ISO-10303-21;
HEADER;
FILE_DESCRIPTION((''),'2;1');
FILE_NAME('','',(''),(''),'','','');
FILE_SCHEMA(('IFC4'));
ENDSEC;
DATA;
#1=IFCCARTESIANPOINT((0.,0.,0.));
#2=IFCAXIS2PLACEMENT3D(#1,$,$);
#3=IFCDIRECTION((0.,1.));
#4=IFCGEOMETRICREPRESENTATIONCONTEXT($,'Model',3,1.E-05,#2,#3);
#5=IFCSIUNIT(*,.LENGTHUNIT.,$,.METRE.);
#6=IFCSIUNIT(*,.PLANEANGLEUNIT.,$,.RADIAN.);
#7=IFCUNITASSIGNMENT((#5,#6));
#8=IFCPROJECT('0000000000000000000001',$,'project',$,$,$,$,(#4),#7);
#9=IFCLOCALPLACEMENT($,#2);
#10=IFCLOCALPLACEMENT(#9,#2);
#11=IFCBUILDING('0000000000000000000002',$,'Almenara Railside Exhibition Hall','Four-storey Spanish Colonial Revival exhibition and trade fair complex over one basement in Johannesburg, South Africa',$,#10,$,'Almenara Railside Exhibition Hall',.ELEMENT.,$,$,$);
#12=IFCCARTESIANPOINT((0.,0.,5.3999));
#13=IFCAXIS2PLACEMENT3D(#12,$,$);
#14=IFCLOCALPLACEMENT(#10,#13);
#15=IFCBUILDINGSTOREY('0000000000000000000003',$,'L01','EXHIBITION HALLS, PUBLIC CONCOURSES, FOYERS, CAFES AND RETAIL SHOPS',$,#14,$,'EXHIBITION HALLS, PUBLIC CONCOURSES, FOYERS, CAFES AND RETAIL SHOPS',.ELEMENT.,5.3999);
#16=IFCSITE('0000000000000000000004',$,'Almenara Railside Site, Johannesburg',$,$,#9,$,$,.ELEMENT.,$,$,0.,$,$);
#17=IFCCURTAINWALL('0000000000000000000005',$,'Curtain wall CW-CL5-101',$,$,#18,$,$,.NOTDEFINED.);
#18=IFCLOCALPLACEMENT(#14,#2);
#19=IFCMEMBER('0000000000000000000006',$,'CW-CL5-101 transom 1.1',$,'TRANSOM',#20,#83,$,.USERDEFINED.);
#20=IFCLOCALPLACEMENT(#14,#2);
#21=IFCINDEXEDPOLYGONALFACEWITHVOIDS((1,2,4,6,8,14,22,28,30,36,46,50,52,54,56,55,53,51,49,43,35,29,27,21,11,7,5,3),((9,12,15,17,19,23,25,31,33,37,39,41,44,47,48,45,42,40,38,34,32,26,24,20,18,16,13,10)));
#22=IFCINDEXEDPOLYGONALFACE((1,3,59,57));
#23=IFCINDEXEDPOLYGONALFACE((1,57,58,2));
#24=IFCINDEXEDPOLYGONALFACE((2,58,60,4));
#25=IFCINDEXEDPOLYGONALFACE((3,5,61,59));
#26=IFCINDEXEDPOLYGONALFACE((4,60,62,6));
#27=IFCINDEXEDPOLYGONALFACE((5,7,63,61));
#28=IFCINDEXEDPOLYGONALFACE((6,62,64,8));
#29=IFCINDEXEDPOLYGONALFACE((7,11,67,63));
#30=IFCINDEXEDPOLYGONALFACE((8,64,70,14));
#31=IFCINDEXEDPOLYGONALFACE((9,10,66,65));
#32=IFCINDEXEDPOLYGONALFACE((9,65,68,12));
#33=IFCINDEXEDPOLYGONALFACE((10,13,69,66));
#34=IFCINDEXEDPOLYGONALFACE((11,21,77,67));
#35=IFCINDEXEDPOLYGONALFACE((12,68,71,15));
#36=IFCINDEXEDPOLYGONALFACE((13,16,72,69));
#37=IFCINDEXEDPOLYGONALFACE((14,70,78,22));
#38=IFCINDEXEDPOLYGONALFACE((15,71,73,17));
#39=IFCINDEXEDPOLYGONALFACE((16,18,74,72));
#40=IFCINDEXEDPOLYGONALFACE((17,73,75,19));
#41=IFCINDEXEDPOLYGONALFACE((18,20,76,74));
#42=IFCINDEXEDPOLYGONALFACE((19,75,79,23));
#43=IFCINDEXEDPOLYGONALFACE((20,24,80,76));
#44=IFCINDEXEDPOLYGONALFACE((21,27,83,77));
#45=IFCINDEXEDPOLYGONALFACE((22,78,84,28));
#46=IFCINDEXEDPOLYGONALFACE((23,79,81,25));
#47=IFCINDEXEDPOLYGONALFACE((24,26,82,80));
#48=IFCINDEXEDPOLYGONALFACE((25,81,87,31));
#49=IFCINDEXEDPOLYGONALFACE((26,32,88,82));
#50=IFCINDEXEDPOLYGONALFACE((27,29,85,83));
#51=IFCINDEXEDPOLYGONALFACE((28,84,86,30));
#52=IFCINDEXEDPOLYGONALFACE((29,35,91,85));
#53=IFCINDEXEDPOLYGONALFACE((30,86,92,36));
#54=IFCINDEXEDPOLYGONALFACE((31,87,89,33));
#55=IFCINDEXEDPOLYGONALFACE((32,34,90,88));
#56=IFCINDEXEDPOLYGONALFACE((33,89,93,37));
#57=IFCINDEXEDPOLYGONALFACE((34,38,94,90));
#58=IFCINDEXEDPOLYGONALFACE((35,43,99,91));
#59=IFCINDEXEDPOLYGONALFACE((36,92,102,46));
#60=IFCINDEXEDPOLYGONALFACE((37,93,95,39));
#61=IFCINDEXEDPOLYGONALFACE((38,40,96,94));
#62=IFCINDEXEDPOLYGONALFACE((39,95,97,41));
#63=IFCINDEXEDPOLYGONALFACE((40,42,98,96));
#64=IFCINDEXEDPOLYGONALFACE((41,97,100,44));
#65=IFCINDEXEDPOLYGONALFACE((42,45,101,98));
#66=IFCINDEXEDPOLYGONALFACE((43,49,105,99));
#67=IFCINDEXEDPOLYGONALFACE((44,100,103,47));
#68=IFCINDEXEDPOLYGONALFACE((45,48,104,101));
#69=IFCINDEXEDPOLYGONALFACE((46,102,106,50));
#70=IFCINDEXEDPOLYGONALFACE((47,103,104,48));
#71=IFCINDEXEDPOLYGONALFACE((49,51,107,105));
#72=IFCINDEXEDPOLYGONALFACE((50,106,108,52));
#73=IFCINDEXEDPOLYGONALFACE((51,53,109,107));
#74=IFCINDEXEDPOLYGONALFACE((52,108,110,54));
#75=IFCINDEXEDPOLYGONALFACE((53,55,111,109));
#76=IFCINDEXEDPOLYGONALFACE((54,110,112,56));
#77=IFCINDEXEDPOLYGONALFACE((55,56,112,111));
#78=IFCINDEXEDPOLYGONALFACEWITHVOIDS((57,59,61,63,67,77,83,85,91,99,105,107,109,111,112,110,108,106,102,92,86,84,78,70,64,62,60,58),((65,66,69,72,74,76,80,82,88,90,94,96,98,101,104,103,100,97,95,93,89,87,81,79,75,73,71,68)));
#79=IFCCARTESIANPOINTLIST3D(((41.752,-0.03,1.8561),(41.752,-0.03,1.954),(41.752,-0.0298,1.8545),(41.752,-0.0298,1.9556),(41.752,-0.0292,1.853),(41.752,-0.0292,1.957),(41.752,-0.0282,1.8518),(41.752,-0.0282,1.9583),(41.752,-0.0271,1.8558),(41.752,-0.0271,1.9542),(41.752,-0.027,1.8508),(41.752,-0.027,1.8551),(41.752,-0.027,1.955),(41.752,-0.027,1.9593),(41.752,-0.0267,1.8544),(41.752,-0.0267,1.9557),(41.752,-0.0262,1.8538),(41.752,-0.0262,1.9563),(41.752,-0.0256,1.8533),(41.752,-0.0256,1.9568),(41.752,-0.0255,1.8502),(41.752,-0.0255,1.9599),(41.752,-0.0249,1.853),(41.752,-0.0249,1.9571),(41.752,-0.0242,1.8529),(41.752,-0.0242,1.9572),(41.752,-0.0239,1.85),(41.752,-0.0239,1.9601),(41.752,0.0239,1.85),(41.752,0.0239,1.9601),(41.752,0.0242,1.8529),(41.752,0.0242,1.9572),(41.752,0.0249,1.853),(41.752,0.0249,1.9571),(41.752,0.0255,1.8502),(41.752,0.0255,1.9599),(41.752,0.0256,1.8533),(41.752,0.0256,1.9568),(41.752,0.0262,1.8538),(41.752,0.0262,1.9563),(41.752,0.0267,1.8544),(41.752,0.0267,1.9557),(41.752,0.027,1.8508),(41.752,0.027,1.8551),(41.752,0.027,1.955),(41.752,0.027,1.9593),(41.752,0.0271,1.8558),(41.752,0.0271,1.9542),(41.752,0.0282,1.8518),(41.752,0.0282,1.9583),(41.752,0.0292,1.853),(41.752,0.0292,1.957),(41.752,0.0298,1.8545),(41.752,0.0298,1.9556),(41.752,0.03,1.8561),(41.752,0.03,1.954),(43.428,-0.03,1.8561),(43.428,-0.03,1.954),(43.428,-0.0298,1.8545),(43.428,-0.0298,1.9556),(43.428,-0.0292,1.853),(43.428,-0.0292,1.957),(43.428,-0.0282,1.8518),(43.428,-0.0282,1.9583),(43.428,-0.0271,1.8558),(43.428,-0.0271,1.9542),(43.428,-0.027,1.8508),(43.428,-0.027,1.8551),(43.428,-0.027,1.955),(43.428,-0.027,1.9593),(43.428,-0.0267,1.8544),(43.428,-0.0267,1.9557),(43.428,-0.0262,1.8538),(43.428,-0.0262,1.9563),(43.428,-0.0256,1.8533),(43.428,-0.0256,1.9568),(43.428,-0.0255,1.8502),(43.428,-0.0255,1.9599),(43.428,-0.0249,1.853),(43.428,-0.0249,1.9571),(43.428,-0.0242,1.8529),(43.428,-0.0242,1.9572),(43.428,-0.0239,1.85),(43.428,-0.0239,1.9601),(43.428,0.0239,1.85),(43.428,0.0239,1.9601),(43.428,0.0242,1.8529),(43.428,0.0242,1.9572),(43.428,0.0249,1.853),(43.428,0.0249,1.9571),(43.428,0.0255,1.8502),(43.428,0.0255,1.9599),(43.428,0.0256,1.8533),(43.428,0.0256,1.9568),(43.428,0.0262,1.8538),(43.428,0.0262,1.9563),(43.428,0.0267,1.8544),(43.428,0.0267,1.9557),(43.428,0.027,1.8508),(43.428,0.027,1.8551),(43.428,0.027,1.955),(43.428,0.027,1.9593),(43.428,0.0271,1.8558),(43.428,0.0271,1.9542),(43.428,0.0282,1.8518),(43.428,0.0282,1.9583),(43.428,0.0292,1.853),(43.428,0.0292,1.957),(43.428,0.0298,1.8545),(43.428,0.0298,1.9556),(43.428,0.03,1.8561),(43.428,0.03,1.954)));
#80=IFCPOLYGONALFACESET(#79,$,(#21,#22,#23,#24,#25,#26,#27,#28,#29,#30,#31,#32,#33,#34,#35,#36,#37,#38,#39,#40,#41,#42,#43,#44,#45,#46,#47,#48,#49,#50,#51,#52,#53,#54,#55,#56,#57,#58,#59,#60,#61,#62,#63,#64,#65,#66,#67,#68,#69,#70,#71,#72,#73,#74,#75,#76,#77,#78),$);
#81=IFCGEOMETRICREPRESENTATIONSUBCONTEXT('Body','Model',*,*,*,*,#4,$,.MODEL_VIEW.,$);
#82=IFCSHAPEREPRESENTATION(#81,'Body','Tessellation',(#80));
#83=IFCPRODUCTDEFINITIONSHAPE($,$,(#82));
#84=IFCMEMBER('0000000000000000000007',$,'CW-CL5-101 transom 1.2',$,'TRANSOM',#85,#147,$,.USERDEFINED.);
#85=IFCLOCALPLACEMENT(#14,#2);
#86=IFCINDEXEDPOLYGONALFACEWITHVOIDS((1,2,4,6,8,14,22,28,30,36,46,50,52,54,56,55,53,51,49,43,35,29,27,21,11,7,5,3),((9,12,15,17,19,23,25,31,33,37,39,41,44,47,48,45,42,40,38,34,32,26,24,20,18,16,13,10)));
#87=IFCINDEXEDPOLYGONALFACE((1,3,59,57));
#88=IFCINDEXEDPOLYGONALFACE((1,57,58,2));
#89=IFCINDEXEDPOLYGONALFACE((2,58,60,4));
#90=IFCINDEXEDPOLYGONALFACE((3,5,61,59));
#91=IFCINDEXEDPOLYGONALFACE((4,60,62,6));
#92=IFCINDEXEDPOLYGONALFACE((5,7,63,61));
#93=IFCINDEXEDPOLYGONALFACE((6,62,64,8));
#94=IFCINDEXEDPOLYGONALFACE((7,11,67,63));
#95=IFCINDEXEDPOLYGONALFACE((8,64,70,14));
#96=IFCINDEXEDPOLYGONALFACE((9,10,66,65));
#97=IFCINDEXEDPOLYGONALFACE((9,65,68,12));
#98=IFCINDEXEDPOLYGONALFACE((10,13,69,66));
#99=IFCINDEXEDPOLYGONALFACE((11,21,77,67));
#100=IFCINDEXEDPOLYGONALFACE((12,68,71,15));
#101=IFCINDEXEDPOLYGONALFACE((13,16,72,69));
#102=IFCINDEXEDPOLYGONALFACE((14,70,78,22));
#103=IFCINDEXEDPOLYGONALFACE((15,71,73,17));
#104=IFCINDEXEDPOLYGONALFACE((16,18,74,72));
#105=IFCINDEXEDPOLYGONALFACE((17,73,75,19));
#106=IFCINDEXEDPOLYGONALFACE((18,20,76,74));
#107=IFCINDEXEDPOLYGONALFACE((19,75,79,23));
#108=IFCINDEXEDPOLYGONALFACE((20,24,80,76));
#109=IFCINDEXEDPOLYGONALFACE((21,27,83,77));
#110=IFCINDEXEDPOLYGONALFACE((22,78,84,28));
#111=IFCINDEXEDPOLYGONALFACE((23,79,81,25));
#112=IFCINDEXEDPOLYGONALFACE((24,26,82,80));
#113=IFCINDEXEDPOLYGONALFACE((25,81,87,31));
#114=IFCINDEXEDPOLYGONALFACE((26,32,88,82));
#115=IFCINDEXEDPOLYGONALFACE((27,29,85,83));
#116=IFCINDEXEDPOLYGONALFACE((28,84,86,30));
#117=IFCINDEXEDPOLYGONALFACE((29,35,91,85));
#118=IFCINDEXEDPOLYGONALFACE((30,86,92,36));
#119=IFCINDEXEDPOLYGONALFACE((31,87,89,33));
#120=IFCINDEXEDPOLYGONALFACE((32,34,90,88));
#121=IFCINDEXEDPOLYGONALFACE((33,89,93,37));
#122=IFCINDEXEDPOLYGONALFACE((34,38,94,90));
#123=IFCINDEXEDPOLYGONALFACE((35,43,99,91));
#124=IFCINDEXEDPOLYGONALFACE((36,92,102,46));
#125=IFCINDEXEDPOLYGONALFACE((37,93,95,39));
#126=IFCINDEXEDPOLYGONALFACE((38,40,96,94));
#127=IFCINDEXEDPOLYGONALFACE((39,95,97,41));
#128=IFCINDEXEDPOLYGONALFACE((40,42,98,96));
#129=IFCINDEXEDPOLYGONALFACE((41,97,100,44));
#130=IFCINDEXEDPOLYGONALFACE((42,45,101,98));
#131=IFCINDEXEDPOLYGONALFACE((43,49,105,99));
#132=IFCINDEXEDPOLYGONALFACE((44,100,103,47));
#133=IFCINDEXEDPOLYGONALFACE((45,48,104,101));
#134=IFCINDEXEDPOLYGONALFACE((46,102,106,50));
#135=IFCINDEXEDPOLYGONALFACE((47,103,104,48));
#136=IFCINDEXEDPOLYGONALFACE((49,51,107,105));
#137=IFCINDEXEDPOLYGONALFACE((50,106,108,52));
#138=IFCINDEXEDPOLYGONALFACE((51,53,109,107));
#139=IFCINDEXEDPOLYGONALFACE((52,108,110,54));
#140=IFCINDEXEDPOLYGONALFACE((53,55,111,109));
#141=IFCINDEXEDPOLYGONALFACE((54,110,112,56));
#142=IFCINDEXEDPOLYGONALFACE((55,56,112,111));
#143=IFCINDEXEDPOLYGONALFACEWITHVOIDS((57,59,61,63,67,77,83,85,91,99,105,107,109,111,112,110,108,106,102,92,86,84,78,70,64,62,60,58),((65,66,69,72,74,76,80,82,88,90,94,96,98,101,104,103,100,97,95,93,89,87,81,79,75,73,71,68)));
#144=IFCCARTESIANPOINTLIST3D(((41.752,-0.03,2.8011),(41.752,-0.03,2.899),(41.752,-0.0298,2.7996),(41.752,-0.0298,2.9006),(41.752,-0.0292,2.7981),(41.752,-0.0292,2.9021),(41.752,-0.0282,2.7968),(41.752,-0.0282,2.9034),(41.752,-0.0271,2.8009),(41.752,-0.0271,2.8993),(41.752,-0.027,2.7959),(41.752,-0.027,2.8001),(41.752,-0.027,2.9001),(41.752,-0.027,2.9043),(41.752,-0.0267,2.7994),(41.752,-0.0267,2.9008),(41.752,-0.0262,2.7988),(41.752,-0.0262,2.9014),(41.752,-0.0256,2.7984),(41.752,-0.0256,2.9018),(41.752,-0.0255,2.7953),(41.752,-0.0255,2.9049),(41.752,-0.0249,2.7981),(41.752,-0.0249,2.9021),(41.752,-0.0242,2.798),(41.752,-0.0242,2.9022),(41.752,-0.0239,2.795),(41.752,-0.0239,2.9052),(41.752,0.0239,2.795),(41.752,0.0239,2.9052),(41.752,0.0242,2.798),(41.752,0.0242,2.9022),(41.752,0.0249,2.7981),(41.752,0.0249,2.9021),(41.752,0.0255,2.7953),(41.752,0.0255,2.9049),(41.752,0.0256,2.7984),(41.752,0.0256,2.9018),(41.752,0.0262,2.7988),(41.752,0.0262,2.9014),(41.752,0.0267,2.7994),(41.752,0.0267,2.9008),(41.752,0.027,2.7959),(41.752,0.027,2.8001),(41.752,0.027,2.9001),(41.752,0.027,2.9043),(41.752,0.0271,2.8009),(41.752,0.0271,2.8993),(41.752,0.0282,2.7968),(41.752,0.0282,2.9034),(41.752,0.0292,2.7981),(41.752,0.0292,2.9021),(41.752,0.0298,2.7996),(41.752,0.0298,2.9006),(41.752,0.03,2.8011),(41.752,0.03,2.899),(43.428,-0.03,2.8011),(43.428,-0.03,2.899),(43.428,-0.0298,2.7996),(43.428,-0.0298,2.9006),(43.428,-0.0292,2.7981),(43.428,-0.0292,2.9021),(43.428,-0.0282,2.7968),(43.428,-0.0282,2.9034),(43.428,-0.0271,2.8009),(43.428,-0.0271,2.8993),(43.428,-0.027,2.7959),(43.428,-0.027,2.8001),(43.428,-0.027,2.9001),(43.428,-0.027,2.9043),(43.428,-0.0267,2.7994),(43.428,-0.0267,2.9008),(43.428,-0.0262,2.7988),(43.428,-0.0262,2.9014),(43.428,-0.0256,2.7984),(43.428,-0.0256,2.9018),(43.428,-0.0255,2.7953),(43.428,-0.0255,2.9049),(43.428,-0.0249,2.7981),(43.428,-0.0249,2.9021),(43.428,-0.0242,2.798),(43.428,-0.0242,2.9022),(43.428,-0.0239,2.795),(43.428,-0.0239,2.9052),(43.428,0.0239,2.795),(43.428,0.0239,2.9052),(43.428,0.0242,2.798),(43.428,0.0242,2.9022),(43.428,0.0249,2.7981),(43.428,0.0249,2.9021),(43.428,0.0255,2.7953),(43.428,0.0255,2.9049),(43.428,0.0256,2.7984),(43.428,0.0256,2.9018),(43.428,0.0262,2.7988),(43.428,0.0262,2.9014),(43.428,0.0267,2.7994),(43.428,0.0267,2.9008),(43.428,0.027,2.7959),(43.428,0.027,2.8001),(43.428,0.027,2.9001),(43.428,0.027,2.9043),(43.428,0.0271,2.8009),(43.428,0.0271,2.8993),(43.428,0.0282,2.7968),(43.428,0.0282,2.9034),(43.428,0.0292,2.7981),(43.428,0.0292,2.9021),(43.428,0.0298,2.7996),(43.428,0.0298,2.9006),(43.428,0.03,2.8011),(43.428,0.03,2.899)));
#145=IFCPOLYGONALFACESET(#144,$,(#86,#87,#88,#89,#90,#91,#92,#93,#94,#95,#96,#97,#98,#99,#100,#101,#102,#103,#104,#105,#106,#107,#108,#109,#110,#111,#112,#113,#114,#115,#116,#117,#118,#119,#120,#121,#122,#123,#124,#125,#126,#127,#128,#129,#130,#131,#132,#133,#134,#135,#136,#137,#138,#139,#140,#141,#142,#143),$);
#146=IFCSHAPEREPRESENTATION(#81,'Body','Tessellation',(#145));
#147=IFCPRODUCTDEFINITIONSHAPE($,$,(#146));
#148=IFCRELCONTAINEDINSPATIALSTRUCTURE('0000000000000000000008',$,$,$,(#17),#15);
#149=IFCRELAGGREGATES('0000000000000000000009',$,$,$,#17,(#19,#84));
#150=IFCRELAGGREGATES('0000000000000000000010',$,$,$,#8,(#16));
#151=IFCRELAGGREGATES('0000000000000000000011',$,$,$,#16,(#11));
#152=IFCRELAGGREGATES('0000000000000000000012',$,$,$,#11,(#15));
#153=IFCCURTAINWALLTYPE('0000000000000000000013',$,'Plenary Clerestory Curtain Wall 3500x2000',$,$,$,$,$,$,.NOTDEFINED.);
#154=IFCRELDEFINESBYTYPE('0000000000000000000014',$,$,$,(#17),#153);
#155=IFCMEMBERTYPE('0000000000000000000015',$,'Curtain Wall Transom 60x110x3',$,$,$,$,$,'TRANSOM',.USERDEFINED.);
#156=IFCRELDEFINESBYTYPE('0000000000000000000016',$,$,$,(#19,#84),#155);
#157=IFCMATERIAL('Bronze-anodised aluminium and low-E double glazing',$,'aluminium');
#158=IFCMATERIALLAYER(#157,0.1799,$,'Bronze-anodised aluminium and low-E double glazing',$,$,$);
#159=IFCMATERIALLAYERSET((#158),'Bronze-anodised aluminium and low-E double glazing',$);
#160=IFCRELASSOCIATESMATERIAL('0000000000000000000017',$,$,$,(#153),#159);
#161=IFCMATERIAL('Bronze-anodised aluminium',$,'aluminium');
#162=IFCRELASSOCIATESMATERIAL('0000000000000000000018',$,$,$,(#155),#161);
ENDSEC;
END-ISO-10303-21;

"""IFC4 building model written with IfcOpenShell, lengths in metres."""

from ifc_helpers import new_model, si_unit, direction, frame, origin, origin_2d, place, context, subcontext, project, spatial, hollow_rectangle, extrude, material, layer, layer_set, material_profile, profile_set, type_object, element, aggregate, save


model = new_model("IFC4")

# Units and contexts
model_context = context("Model", 3, precision=1e-05, world=origin(), true_north=direction((0.0, 1.0)))
body_context = subcontext(model_context, "Body", "Model", "MODEL_VIEW")
ifc_project = project(units=[si_unit("LENGTHUNIT", "METRE"), si_unit("PLANEANGLEUNIT", "RADIAN")], contexts=[model_context])

# Site, building, storey
site_placement = place(None, origin())
site = spatial("IfcSite", under=ifc_project, at=site_placement, Name="Almenara Railside Site, Johannesburg", CompositionType="ELEMENT", RefElevation=0.0)
building_placement = place(site_placement, origin())
building = spatial("IfcBuilding", under=site, at=building_placement, Name="Almenara Railside Exhibition Hall", Description="Four-storey Spanish Colonial Revival exhibition and trade fair complex over one basement in Johannesburg, South Africa", LongName="Almenara Railside Exhibition Hall", CompositionType="ELEMENT")
storey_placement = place(building_placement, frame((0.0, 0.0, 5.3999)))
storey = spatial("IfcBuildingStorey", under=building, at=storey_placement, Name="L01", Description="EXHIBITION HALLS, PUBLIC CONCOURSES, FOYERS, CAFES AND RETAIL SHOPS", LongName="EXHIBITION HALLS, PUBLIC CONCOURSES, FOYERS, CAFES AND RETAIL SHOPS", CompositionType="ELEMENT", Elevation=5.3999)

# Curtain wall
ifc_material_1 = material(Name="Bronze-anodised aluminium and low-E double glazing", Category="aluminium")
ifc_layer_1 = layer(ifc_material_1, 0.1799, Name="Bronze-anodised aluminium and low-E double glazing")
ifc_layer_set_1 = layer_set([ifc_layer_1], Name="Bronze-anodised aluminium and low-E double glazing")
curtain_wall_type_1 = type_object("IfcCurtainWallType", Name="Plenary Clerestory Curtain Wall 3500x2000", PredefinedType="NOTDEFINED", material=ifc_layer_set_1)
curtain_wall_1_placement = place(storey_placement, origin())
curtain_wall_1 = element("IfcCurtainWall", 1, at=curtain_wall_1_placement, inside=storey, type_object=curtain_wall_type_1, Name="Curtain wall CW-CL5-101", PredefinedType="NOTDEFINED")
ifc_material_2 = material(Name="Bronze-anodised aluminium", Category="aluminium")

# Members
ifc_material_profile_1 = material_profile(ifc_material_2, hollow_rectangle(XDim=0.0601, YDim=0.1101, WallThickness=0.0029, InnerFilletRadius=0.0029, OuterFilletRadius=0.0061, at=origin_2d()), Name="ALU-TRN 60x110x3")
ifc_profile_set_1 = profile_set([ifc_material_profile_1], Name="Bronze-anodised aluminium")
member_type_1 = type_object("IfcMemberType", Name="Curtain Wall Transom 60x110x3", ElementType="TRANSOM", PredefinedType="USERDEFINED", material=ifc_profile_set_1)
member_1_placement = place(storey_placement, frame((41.752, 0.0, 1.905), z_axis=(1.0, 0.0, 0.0), x_axis=(0.0, 1.0, 0.0)))
member_1 = element("IfcMember", 2, at=member_1_placement, type_object=member_type_1, Name="CW-CL5-101 transom 1.1", ObjectType="TRANSOM", PredefinedType="USERDEFINED", context=body_context, shape_type="SweptSolid", body=[
    extrude(hollow_rectangle(XDim=0.0601, YDim=0.1101, WallThickness=0.0029, InnerFilletRadius=0.0029, OuterFilletRadius=0.0061, at=origin_2d()), origin(), (0.0, 0.0, 1.0), 1.676),
])
member_2_placement = place(storey_placement, frame((41.752, 0.0, 2.8501), z_axis=(1.0, 0.0, 0.0), x_axis=(0.0, 1.0, 0.0)))
member_2 = element("IfcMember", 3, at=member_2_placement, type_object=member_type_1, Name="CW-CL5-101 transom 1.2", ObjectType="TRANSOM", PredefinedType="USERDEFINED", context=body_context, shape_type="SweptSolid", body=[
    extrude(hollow_rectangle(XDim=0.0601, YDim=0.1101, WallThickness=0.0029, InnerFilletRadius=0.0029, OuterFilletRadius=0.0061, at=origin_2d()), origin(), (0.0, 0.0, 1.0), 1.676),
])

aggregate(curtain_wall_1, [member_1, member_2])

save(model, "model.ifc")
